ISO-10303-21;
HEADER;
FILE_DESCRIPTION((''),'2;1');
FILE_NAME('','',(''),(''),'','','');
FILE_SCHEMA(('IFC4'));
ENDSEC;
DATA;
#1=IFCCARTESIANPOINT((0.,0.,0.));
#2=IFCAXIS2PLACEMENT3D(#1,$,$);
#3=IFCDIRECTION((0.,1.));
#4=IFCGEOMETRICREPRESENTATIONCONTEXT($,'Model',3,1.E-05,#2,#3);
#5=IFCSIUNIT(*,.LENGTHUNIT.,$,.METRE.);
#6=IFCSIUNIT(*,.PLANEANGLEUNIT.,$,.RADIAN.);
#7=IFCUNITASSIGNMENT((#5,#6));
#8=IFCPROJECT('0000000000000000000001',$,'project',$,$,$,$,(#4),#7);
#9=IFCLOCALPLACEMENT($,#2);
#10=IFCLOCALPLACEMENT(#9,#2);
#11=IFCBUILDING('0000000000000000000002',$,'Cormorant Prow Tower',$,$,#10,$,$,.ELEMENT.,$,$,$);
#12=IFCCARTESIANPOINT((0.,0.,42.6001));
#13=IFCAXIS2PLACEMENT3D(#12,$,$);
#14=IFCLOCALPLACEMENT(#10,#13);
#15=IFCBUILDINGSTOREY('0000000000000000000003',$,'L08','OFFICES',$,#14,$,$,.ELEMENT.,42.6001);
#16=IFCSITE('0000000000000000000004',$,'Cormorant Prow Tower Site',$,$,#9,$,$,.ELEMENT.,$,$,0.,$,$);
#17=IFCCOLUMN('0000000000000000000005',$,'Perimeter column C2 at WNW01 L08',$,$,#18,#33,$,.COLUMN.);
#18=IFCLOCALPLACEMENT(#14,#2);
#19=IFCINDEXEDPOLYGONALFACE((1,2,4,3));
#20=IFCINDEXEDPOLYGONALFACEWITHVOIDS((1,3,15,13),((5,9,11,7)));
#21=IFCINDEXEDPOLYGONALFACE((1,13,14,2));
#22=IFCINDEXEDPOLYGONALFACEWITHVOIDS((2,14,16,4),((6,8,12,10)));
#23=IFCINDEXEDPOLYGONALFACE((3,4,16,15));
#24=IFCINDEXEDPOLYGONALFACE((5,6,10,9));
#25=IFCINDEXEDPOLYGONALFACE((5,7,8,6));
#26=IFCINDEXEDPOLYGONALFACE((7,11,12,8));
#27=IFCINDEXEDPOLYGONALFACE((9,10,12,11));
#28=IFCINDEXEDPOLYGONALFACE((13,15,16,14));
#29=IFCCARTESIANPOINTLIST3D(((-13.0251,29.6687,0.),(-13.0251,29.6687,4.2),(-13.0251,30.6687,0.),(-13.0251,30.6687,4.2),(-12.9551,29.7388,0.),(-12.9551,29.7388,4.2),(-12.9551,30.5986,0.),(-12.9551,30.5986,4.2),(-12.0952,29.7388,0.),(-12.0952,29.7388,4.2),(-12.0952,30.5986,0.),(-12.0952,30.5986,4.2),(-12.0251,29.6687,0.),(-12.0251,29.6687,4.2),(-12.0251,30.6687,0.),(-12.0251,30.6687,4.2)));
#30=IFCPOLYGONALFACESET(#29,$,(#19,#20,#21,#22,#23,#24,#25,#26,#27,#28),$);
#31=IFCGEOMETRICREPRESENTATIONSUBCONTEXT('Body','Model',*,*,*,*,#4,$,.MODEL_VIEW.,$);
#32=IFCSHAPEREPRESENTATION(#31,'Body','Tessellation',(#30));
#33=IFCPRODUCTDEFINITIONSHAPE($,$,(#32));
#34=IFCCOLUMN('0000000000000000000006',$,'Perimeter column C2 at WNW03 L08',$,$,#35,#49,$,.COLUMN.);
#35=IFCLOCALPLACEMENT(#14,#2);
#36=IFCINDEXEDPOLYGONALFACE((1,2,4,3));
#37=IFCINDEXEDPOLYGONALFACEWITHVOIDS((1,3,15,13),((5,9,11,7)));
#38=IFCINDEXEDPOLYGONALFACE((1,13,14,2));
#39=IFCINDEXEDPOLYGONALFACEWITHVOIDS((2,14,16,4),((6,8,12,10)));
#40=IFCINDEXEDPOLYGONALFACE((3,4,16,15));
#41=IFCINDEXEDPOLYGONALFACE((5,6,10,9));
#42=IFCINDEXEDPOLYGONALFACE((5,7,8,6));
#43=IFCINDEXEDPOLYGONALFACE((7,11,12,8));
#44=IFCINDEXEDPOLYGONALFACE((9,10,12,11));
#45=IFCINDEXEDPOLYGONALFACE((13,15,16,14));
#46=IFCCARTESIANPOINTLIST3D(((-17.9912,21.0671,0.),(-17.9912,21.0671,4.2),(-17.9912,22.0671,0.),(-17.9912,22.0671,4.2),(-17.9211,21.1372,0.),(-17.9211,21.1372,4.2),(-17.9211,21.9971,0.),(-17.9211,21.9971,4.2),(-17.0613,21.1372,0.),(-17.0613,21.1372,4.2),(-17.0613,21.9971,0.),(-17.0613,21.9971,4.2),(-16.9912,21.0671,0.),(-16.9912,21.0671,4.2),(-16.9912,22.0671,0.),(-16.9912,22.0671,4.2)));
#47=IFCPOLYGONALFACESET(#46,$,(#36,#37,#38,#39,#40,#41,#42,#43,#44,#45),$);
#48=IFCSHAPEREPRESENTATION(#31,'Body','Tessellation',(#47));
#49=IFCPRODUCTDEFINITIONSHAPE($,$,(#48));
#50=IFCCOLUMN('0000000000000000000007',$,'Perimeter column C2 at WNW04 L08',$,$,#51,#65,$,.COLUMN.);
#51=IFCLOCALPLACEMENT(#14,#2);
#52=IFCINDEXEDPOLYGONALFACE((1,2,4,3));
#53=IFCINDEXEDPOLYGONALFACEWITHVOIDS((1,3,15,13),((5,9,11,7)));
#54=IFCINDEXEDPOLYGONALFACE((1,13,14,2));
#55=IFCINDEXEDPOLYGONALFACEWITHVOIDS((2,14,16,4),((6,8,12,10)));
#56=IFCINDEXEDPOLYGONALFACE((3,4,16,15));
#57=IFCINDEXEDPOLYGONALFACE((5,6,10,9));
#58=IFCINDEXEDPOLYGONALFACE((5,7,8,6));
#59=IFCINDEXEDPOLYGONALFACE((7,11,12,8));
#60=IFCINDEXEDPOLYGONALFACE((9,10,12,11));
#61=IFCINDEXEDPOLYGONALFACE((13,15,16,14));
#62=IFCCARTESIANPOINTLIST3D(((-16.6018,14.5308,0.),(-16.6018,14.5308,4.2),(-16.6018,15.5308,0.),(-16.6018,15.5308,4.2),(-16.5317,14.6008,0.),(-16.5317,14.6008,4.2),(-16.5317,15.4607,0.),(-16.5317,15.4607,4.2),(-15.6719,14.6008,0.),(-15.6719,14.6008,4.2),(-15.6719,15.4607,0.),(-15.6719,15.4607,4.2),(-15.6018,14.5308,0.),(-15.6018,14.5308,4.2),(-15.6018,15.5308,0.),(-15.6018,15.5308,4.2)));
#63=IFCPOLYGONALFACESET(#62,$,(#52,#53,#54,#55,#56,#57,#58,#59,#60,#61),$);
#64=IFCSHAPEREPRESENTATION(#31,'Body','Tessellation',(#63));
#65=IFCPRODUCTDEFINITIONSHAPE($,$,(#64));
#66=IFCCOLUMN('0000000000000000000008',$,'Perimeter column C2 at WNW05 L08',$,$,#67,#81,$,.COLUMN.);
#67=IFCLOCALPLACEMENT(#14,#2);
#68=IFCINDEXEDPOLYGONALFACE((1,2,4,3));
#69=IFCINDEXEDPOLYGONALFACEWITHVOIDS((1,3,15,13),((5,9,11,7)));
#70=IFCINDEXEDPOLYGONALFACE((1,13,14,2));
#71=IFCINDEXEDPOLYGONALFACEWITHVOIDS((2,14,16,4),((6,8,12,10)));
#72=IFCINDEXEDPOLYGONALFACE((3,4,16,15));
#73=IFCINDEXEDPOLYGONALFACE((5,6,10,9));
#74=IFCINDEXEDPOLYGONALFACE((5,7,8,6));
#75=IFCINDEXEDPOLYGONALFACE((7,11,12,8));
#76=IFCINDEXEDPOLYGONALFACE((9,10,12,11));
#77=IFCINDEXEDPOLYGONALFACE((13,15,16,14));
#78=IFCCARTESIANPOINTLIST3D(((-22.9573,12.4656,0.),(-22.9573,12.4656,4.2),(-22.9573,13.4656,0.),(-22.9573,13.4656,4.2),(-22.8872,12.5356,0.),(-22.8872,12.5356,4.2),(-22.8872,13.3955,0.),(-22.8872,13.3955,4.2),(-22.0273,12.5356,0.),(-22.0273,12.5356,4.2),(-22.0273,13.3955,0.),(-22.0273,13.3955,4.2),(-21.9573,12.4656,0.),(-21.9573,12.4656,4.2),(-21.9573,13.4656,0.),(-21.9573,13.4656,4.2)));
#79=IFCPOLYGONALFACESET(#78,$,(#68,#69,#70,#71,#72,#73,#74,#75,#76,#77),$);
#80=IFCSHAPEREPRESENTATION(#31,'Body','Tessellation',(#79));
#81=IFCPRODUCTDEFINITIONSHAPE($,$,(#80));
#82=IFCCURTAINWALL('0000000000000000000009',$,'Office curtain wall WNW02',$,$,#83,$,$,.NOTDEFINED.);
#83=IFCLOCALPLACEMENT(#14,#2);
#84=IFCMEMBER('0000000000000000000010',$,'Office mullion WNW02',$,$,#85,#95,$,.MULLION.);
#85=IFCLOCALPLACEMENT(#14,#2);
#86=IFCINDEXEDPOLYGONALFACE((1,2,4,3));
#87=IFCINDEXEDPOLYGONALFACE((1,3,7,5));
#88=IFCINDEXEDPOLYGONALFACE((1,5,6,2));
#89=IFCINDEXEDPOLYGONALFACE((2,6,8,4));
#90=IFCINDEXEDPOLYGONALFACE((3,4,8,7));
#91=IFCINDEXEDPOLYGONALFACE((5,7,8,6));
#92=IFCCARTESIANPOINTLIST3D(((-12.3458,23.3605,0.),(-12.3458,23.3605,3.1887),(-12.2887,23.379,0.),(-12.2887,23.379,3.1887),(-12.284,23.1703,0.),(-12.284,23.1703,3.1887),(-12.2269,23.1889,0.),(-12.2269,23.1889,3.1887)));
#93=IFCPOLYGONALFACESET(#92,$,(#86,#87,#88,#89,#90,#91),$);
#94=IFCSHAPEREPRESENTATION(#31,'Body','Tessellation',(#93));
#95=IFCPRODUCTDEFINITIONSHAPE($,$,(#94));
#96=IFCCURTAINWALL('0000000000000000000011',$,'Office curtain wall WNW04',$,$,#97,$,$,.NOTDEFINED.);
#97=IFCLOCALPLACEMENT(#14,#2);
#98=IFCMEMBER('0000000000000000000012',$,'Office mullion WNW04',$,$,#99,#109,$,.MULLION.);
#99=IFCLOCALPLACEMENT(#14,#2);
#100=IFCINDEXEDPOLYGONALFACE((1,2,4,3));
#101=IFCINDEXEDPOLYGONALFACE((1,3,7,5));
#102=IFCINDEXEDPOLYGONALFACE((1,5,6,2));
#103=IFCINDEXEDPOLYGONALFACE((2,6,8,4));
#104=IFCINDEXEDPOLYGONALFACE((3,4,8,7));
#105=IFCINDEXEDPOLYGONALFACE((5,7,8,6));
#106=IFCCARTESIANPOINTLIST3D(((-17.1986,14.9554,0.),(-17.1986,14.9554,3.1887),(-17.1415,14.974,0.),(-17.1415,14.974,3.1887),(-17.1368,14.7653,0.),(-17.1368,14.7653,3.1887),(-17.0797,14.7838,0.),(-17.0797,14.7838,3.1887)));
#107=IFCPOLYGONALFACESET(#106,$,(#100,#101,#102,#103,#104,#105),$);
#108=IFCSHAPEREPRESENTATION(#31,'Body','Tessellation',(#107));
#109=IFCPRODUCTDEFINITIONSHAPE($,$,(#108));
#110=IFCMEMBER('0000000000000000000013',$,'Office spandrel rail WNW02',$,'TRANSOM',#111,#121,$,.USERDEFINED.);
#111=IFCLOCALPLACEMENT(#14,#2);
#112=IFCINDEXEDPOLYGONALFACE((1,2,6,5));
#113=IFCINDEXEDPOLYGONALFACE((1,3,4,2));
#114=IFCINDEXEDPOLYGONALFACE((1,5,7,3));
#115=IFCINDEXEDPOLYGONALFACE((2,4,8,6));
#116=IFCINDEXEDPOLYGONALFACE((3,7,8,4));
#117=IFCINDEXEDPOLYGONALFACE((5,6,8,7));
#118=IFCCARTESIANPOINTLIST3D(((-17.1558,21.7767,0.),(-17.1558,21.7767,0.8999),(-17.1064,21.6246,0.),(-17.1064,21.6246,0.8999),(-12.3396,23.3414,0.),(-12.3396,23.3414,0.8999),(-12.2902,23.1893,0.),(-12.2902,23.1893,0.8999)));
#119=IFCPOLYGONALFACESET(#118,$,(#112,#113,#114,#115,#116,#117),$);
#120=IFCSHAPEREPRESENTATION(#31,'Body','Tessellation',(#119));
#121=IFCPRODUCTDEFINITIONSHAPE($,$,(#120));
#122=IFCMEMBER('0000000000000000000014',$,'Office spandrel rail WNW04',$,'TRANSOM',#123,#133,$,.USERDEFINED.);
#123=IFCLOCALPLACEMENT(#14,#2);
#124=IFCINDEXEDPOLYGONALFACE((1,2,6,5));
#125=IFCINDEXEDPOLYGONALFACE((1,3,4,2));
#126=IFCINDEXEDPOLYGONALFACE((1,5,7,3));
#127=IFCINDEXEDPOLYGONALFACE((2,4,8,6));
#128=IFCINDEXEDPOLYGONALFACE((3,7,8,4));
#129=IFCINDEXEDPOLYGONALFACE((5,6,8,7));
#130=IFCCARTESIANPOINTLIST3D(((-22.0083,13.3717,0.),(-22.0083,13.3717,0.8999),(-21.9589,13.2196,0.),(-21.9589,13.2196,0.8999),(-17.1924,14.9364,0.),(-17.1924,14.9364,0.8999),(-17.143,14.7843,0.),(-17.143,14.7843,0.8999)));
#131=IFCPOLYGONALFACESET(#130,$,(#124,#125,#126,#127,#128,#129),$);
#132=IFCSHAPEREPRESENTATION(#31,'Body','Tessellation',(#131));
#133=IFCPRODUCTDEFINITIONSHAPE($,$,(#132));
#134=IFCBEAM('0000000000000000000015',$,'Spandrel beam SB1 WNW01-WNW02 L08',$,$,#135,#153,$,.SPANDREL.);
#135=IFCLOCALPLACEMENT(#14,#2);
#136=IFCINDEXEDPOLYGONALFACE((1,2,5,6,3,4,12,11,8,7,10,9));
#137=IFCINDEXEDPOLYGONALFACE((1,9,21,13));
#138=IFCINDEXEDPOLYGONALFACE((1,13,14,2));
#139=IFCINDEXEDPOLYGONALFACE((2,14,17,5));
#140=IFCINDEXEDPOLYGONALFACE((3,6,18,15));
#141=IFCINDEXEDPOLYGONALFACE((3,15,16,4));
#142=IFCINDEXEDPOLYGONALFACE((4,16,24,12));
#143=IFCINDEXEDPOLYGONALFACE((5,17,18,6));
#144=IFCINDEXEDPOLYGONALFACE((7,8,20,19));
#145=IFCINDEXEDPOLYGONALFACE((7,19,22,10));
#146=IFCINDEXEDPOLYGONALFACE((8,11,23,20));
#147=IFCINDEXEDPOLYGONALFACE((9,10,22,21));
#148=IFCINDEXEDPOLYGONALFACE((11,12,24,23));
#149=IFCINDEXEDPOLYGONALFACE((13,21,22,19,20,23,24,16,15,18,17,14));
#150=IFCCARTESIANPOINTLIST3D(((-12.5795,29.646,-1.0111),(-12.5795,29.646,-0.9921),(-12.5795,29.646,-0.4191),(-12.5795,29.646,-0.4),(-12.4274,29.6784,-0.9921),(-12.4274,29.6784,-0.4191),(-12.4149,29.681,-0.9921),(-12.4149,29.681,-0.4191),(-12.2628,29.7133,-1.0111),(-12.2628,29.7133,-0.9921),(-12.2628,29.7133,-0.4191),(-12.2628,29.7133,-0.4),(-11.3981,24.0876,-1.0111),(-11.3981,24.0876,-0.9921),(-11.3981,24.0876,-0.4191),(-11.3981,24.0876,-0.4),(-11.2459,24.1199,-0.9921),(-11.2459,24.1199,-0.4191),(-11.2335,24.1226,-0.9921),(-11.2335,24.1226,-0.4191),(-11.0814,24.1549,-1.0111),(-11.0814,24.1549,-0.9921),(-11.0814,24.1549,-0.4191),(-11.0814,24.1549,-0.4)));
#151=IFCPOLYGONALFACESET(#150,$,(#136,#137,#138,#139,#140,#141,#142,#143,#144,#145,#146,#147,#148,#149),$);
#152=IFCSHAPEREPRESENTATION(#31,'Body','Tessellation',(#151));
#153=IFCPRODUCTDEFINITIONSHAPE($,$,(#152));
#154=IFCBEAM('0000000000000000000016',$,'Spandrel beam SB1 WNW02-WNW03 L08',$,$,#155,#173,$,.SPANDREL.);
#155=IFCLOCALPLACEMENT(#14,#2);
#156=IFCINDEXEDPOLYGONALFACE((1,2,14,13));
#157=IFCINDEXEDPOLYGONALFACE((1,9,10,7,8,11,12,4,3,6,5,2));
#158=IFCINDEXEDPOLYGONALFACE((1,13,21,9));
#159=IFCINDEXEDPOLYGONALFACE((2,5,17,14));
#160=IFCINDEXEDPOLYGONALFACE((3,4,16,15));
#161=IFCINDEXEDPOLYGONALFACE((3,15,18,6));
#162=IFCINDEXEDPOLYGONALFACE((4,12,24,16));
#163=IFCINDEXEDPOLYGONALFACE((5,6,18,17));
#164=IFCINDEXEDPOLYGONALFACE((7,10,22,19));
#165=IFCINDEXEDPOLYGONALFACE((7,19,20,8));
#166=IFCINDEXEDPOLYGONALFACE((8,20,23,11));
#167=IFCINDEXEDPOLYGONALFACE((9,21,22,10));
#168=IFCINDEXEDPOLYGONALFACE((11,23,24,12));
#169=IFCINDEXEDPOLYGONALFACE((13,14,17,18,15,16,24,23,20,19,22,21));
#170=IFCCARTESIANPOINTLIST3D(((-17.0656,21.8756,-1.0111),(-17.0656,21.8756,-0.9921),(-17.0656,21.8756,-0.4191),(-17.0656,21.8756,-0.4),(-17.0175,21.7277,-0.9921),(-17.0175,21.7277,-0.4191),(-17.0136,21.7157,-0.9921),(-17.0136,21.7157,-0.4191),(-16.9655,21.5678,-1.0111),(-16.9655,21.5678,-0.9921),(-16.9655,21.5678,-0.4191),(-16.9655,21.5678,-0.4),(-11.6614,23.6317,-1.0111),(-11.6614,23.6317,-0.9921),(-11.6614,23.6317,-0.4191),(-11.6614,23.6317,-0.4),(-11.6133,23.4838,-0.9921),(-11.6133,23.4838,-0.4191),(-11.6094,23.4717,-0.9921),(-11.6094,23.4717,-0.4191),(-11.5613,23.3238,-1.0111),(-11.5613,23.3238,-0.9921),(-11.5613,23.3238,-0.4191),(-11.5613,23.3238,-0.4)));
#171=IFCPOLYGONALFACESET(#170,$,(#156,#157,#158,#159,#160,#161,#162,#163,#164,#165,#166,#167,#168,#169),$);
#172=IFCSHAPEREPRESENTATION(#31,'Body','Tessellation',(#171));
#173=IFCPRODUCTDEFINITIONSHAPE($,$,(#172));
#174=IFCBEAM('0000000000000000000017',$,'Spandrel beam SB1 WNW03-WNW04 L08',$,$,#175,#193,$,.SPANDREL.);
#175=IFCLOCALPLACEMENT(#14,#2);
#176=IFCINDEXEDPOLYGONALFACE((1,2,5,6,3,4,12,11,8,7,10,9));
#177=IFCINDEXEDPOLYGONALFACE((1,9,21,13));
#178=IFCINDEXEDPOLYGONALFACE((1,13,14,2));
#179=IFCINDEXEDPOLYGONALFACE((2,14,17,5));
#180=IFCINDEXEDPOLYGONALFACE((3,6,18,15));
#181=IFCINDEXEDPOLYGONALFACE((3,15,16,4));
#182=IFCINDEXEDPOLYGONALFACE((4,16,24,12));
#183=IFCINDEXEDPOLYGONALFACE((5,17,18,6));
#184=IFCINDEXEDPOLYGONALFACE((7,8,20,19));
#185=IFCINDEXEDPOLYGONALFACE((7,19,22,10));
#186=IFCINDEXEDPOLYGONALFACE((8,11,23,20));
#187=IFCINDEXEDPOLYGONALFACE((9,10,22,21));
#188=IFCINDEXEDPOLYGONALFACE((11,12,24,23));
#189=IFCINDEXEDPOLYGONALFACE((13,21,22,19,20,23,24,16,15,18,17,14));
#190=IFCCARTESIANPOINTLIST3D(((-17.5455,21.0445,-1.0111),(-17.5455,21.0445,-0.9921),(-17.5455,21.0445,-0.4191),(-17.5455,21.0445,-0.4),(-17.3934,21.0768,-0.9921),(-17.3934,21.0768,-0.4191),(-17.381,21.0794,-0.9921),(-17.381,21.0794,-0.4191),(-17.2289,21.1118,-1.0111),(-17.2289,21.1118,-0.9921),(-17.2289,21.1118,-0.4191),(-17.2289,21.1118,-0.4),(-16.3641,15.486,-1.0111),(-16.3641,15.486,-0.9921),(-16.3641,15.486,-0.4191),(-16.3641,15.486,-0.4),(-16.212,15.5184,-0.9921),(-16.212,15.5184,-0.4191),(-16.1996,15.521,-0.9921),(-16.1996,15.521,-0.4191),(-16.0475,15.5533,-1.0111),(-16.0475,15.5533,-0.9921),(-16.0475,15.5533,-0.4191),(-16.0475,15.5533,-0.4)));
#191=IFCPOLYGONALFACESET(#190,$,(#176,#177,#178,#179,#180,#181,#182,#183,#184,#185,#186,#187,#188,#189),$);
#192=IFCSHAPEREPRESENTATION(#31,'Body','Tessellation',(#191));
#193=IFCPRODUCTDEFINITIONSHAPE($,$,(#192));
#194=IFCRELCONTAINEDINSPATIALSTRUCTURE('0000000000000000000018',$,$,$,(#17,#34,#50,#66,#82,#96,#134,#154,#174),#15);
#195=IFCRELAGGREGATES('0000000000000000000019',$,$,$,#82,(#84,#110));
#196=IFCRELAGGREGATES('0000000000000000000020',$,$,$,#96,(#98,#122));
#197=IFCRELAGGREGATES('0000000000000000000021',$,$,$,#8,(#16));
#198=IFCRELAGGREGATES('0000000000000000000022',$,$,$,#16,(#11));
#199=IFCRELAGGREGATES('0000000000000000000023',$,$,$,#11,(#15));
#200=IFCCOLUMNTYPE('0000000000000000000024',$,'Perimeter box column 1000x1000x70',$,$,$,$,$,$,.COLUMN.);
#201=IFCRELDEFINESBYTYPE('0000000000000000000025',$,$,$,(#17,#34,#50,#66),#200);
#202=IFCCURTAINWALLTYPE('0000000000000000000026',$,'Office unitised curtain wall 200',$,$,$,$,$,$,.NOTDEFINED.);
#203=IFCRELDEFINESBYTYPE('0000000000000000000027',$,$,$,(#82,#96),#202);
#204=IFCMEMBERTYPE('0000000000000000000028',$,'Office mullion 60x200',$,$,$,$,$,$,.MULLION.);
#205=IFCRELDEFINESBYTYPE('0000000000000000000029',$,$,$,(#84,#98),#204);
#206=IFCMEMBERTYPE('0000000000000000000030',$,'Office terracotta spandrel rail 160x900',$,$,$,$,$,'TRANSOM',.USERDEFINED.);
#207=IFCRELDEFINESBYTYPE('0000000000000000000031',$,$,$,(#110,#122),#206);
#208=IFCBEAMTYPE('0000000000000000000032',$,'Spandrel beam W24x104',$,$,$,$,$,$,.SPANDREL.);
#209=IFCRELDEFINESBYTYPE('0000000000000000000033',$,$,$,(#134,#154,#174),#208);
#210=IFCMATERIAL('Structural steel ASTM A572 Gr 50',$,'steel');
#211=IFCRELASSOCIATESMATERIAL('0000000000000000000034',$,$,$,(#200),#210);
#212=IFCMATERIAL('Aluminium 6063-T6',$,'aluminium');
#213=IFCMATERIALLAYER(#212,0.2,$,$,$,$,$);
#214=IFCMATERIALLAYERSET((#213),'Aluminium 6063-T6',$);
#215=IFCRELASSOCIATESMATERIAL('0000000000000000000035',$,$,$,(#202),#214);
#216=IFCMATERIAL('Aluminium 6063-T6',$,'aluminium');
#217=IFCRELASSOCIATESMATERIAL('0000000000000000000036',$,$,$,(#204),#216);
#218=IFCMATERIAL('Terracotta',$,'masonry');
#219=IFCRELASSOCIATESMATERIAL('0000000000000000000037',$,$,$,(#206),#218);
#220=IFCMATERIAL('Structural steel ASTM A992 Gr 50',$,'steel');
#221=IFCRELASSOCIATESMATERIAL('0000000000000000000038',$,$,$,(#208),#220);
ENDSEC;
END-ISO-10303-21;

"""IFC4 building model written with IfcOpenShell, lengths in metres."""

from ifc_helpers import new_model, si_unit, direction, frame, origin, origin_2d, place, context, subcontext, project, spatial, rectangle, hollow_rectangle, i_section, extrude, material, layer, layer_set, material_profile, profile_set, type_object, element, aggregate, save


model = new_model("IFC4")

# Units and contexts
model_context = context("Model", 3, precision=1e-05, world=origin(), true_north=direction((0.0, 1.0)))
body_context = subcontext(model_context, "Body", "Model", "MODEL_VIEW")
ifc_project = project(units=[si_unit("LENGTHUNIT", "METRE"), si_unit("PLANEANGLEUNIT", "RADIAN")], contexts=[model_context])

# Site, building, storey
site_placement = place(None, origin())
site = spatial("IfcSite", under=ifc_project, at=site_placement, Name="Cormorant Prow Tower Site", CompositionType="ELEMENT", RefElevation=0.0)
building_placement = place(site_placement, origin())
building = spatial("IfcBuilding", under=site, at=building_placement, Name="Cormorant Prow Tower", CompositionType="ELEMENT")
storey_placement = place(building_placement, frame((0.0, 0.0, 42.6001)))
storey = spatial("IfcBuildingStorey", under=building, at=storey_placement, Name="L08", Description="OFFICES", CompositionType="ELEMENT", Elevation=42.6001)

# Columns
ifc_material_1 = material(Name="Structural steel ASTM A572 Gr 50", Category="steel")
ifc_material_profile_1 = material_profile(ifc_material_1, hollow_rectangle(XDim=1.0, YDim=1.0, WallThickness=0.0701, at=origin_2d()), Name="Box 1000x1000x70")
ifc_profile_set_1 = profile_set([ifc_material_profile_1], Name="Structural steel ASTM A572 Gr 50")
column_type = type_object("IfcColumnType", Name="Perimeter box column 1000x1000x70", PredefinedType="COLUMN", material=ifc_profile_set_1)
for number, where, z_axis, x_axis, name in (
    (1, (-12.5251, 30.1687, 0.0), (0.0, 0.0, 1.0), (1.0, 0.0, 0.0), "Perimeter column C2 at WNW01 L08"),
    (2, (-17.4912, 21.5671, 0.0), (0.0, 0.0, 1.0), (1.0, 0.0, 0.0), "Perimeter column C2 at WNW03 L08"),
    (3, (-16.1018, 15.0308, 0.0), (0.0, 0.0, 1.0), (1.0, 0.0, 0.0), "Perimeter column C2 at WNW04 L08"),
    (4, (-22.4573, 12.9656, 0.0), (0.0, 0.0, 1.0), (1.0, 0.0, 0.0), "Perimeter column C2 at WNW05 L08"),
):
    element("IfcColumn", number, at=place(storey_placement, frame(where, z_axis=z_axis, x_axis=x_axis)), inside=storey, type_object=column_type, Name=name, PredefinedType="COLUMN", context=body_context, shape_type="SweptSolid", body=[
        extrude(hollow_rectangle(XDim=1.0, YDim=1.0, WallThickness=0.0701, at=origin_2d()), origin(), (0.0, 0.0, 1.0), 4.2),
    ])

# Curtain walls, members
ifc_material_2 = material(Name="Aluminium 6063-T6", Category="aluminium")
ifc_layer_1 = layer(ifc_material_2, 0.2)
ifc_layer_set_1 = layer_set([ifc_layer_1], Name="Aluminium 6063-T6")
curtain_wall_type = type_object("IfcCurtainWallType", Name="Office unitised curtain wall 200", PredefinedType="NOTDEFINED", material=ifc_layer_set_1)
curtain_wall_1_placement = place(storey_placement, origin())
curtain_wall_1 = element("IfcCurtainWall", 5, at=curtain_wall_1_placement, inside=storey, type_object=curtain_wall_type, Name="Office curtain wall WNW02", PredefinedType="NOTDEFINED")
ifc_material_3 = material(Name="Aluminium 6063-T6", Category="aluminium")
ifc_material_profile_2 = material_profile(ifc_material_3, rectangle(XDim=0.2, YDim=0.0601, at=origin_2d()), Name="Office mullion 60x200")
ifc_profile_set_2 = profile_set([ifc_material_profile_2], Name="Aluminium 6063-T6")
member_type_1 = type_object("IfcMemberType", Name="Office mullion 60x200", PredefinedType="MULLION", material=ifc_profile_set_2)
member_1_placement = place(storey_placement, frame((-12.2864, 23.2747, 0.0), z_axis=(0.0, 0.0, 1.0), x_axis=(0.309017, -0.951057, 0.0)))
member_1 = element("IfcMember", 6, at=member_1_placement, type_object=member_type_1, Name="Office mullion WNW02", PredefinedType="MULLION", context=body_context, shape_type="SweptSolid", body=[
    extrude(rectangle(XDim=0.2, YDim=0.0601, at=origin_2d()), origin(), (0.0, 0.0, 1.0), 3.1887),
])
curtain_wall_2_placement = place(storey_placement, origin())
curtain_wall_2 = element("IfcCurtainWall", 7, at=curtain_wall_2_placement, inside=storey, type_object=curtain_wall_type, Name="Office curtain wall WNW04", PredefinedType="NOTDEFINED")
member_2_placement = place(storey_placement, frame((-17.1392, 14.8696, 0.0), z_axis=(0.0, 0.0, 1.0), x_axis=(0.309017, -0.951057, 0.0)))
member_2 = element("IfcMember", 8, at=member_2_placement, type_object=member_type_1, Name="Office mullion WNW04", PredefinedType="MULLION", context=body_context, shape_type="SweptSolid", body=[
    extrude(rectangle(XDim=0.2, YDim=0.0601, at=origin_2d()), origin(), (0.0, 0.0, 1.0), 3.1887),
])

# Members
ifc_material_4 = material(Name="Terracotta", Category="masonry")
ifc_material_profile_3 = material_profile(ifc_material_4, rectangle(XDim=0.1599, YDim=0.8999, at=origin_2d()), Name="Office terracotta spandrel rail 160x900")
ifc_profile_set_3 = profile_set([ifc_material_profile_3], Name="Terracotta")
member_type_2 = type_object("IfcMemberType", Name="Office terracotta spandrel rail 160x900", ElementType="TRANSOM", PredefinedType="USERDEFINED", material=ifc_profile_set_3)
member_3_placement = place(storey_placement, frame((-12.3149, 23.2654, 0.45), z_axis=(-0.951066, -0.308987, 0.0), x_axis=(0.308987, -0.951066, 0.0)))
member_3 = element("IfcMember", 9, at=member_3_placement, type_object=member_type_2, Name="Office spandrel rail WNW02", ObjectType="TRANSOM", PredefinedType="USERDEFINED", context=body_context, shape_type="SweptSolid", body=[
    extrude(rectangle(XDim=0.1599, YDim=0.8999, at=origin_2d()), origin(), (0.0, 0.0, 1.0), 5.064),
])
member_4_placement = place(storey_placement, frame((-17.1677, 14.8604, 0.45), z_axis=(-0.951062, -0.309001, 0.0), x_axis=(0.309001, -0.951062, 0.0)))
member_4 = element("IfcMember", 10, at=member_4_placement, type_object=member_type_2, Name="Office spandrel rail WNW04", ObjectType="TRANSOM", PredefinedType="USERDEFINED", context=body_context, shape_type="SweptSolid", body=[
    extrude(rectangle(XDim=0.1599, YDim=0.8999, at=origin_2d()), origin(), (0.0, 0.0, 1.0), 5.0637),
])

# Beams
ifc_material_5 = material(Name="Structural steel ASTM A992 Gr 50", Category="steel")
ifc_material_profile_4 = material_profile(ifc_material_5, i_section(OverallWidth=0.3237, OverallDepth=0.6111, WebThickness=0.0127, FlangeThickness=0.019, at=origin_2d()), Name="W24x104")
ifc_profile_set_4 = profile_set([ifc_material_profile_4], Name="Structural steel ASTM A992 Gr 50")
beam_type = type_object("IfcBeamType", Name="Spandrel beam W24x104", PredefinedType="SPANDREL", material=ifc_profile_set_4)
beam_1_placement = place(storey_placement, frame((-12.4211, 29.6797, -0.7056), z_axis=(0.2079, -0.97815, 0.0), x_axis=(0.97815, 0.2079, 0.0)))
element("IfcBeam", 11, at=beam_1_placement, inside=storey, type_object=beam_type, Name="Spandrel beam SB1 WNW01-WNW02 L08", PredefinedType="SPANDREL", context=body_context, shape_type="SweptSolid", body=[
    extrude(i_section(OverallWidth=0.3237, OverallDepth=0.6111, WebThickness=0.0127, FlangeThickness=0.019, at=origin_2d()), origin(), (0.0, 0.0, 1.0), 5.6826),
])
beam_2_placement = place(storey_placement, frame((-11.6113, 23.4778, -0.7056), z_axis=(-0.951049, -0.309039, 0.0), x_axis=(0.309039, -0.951049, 0.0)))
element("IfcBeam", 12, at=beam_2_placement, inside=storey, type_object=beam_type, Name="Spandrel beam SB1 WNW02-WNW03 L08", PredefinedType="SPANDREL", context=body_context, shape_type="SweptSolid", body=[
    extrude(i_section(OverallWidth=0.3237, OverallDepth=0.6111, WebThickness=0.0127, FlangeThickness=0.019, at=origin_2d()), origin(), (0.0, 0.0, 1.0), 5.6824),
])
beam_3_placement = place(storey_placement, frame((-17.3872, 21.0781, -0.7056), z_axis=(0.2079, -0.97815, 0.0), x_axis=(0.97815, 0.2079, 0.0)))
element("IfcBeam", 13, at=beam_3_placement, inside=storey, type_object=beam_type, Name="Spandrel beam SB1 WNW03-WNW04 L08", PredefinedType="SPANDREL", context=body_context, shape_type="SweptSolid", body=[
    extrude(i_section(OverallWidth=0.3237, OverallDepth=0.6111, WebThickness=0.0127, FlangeThickness=0.019, at=origin_2d()), origin(), (0.0, 0.0, 1.0), 5.6826),
])

aggregate(curtain_wall_1, [member_1, member_3])
aggregate(curtain_wall_2, [member_2, member_4])

save(model, "model.ifc")
